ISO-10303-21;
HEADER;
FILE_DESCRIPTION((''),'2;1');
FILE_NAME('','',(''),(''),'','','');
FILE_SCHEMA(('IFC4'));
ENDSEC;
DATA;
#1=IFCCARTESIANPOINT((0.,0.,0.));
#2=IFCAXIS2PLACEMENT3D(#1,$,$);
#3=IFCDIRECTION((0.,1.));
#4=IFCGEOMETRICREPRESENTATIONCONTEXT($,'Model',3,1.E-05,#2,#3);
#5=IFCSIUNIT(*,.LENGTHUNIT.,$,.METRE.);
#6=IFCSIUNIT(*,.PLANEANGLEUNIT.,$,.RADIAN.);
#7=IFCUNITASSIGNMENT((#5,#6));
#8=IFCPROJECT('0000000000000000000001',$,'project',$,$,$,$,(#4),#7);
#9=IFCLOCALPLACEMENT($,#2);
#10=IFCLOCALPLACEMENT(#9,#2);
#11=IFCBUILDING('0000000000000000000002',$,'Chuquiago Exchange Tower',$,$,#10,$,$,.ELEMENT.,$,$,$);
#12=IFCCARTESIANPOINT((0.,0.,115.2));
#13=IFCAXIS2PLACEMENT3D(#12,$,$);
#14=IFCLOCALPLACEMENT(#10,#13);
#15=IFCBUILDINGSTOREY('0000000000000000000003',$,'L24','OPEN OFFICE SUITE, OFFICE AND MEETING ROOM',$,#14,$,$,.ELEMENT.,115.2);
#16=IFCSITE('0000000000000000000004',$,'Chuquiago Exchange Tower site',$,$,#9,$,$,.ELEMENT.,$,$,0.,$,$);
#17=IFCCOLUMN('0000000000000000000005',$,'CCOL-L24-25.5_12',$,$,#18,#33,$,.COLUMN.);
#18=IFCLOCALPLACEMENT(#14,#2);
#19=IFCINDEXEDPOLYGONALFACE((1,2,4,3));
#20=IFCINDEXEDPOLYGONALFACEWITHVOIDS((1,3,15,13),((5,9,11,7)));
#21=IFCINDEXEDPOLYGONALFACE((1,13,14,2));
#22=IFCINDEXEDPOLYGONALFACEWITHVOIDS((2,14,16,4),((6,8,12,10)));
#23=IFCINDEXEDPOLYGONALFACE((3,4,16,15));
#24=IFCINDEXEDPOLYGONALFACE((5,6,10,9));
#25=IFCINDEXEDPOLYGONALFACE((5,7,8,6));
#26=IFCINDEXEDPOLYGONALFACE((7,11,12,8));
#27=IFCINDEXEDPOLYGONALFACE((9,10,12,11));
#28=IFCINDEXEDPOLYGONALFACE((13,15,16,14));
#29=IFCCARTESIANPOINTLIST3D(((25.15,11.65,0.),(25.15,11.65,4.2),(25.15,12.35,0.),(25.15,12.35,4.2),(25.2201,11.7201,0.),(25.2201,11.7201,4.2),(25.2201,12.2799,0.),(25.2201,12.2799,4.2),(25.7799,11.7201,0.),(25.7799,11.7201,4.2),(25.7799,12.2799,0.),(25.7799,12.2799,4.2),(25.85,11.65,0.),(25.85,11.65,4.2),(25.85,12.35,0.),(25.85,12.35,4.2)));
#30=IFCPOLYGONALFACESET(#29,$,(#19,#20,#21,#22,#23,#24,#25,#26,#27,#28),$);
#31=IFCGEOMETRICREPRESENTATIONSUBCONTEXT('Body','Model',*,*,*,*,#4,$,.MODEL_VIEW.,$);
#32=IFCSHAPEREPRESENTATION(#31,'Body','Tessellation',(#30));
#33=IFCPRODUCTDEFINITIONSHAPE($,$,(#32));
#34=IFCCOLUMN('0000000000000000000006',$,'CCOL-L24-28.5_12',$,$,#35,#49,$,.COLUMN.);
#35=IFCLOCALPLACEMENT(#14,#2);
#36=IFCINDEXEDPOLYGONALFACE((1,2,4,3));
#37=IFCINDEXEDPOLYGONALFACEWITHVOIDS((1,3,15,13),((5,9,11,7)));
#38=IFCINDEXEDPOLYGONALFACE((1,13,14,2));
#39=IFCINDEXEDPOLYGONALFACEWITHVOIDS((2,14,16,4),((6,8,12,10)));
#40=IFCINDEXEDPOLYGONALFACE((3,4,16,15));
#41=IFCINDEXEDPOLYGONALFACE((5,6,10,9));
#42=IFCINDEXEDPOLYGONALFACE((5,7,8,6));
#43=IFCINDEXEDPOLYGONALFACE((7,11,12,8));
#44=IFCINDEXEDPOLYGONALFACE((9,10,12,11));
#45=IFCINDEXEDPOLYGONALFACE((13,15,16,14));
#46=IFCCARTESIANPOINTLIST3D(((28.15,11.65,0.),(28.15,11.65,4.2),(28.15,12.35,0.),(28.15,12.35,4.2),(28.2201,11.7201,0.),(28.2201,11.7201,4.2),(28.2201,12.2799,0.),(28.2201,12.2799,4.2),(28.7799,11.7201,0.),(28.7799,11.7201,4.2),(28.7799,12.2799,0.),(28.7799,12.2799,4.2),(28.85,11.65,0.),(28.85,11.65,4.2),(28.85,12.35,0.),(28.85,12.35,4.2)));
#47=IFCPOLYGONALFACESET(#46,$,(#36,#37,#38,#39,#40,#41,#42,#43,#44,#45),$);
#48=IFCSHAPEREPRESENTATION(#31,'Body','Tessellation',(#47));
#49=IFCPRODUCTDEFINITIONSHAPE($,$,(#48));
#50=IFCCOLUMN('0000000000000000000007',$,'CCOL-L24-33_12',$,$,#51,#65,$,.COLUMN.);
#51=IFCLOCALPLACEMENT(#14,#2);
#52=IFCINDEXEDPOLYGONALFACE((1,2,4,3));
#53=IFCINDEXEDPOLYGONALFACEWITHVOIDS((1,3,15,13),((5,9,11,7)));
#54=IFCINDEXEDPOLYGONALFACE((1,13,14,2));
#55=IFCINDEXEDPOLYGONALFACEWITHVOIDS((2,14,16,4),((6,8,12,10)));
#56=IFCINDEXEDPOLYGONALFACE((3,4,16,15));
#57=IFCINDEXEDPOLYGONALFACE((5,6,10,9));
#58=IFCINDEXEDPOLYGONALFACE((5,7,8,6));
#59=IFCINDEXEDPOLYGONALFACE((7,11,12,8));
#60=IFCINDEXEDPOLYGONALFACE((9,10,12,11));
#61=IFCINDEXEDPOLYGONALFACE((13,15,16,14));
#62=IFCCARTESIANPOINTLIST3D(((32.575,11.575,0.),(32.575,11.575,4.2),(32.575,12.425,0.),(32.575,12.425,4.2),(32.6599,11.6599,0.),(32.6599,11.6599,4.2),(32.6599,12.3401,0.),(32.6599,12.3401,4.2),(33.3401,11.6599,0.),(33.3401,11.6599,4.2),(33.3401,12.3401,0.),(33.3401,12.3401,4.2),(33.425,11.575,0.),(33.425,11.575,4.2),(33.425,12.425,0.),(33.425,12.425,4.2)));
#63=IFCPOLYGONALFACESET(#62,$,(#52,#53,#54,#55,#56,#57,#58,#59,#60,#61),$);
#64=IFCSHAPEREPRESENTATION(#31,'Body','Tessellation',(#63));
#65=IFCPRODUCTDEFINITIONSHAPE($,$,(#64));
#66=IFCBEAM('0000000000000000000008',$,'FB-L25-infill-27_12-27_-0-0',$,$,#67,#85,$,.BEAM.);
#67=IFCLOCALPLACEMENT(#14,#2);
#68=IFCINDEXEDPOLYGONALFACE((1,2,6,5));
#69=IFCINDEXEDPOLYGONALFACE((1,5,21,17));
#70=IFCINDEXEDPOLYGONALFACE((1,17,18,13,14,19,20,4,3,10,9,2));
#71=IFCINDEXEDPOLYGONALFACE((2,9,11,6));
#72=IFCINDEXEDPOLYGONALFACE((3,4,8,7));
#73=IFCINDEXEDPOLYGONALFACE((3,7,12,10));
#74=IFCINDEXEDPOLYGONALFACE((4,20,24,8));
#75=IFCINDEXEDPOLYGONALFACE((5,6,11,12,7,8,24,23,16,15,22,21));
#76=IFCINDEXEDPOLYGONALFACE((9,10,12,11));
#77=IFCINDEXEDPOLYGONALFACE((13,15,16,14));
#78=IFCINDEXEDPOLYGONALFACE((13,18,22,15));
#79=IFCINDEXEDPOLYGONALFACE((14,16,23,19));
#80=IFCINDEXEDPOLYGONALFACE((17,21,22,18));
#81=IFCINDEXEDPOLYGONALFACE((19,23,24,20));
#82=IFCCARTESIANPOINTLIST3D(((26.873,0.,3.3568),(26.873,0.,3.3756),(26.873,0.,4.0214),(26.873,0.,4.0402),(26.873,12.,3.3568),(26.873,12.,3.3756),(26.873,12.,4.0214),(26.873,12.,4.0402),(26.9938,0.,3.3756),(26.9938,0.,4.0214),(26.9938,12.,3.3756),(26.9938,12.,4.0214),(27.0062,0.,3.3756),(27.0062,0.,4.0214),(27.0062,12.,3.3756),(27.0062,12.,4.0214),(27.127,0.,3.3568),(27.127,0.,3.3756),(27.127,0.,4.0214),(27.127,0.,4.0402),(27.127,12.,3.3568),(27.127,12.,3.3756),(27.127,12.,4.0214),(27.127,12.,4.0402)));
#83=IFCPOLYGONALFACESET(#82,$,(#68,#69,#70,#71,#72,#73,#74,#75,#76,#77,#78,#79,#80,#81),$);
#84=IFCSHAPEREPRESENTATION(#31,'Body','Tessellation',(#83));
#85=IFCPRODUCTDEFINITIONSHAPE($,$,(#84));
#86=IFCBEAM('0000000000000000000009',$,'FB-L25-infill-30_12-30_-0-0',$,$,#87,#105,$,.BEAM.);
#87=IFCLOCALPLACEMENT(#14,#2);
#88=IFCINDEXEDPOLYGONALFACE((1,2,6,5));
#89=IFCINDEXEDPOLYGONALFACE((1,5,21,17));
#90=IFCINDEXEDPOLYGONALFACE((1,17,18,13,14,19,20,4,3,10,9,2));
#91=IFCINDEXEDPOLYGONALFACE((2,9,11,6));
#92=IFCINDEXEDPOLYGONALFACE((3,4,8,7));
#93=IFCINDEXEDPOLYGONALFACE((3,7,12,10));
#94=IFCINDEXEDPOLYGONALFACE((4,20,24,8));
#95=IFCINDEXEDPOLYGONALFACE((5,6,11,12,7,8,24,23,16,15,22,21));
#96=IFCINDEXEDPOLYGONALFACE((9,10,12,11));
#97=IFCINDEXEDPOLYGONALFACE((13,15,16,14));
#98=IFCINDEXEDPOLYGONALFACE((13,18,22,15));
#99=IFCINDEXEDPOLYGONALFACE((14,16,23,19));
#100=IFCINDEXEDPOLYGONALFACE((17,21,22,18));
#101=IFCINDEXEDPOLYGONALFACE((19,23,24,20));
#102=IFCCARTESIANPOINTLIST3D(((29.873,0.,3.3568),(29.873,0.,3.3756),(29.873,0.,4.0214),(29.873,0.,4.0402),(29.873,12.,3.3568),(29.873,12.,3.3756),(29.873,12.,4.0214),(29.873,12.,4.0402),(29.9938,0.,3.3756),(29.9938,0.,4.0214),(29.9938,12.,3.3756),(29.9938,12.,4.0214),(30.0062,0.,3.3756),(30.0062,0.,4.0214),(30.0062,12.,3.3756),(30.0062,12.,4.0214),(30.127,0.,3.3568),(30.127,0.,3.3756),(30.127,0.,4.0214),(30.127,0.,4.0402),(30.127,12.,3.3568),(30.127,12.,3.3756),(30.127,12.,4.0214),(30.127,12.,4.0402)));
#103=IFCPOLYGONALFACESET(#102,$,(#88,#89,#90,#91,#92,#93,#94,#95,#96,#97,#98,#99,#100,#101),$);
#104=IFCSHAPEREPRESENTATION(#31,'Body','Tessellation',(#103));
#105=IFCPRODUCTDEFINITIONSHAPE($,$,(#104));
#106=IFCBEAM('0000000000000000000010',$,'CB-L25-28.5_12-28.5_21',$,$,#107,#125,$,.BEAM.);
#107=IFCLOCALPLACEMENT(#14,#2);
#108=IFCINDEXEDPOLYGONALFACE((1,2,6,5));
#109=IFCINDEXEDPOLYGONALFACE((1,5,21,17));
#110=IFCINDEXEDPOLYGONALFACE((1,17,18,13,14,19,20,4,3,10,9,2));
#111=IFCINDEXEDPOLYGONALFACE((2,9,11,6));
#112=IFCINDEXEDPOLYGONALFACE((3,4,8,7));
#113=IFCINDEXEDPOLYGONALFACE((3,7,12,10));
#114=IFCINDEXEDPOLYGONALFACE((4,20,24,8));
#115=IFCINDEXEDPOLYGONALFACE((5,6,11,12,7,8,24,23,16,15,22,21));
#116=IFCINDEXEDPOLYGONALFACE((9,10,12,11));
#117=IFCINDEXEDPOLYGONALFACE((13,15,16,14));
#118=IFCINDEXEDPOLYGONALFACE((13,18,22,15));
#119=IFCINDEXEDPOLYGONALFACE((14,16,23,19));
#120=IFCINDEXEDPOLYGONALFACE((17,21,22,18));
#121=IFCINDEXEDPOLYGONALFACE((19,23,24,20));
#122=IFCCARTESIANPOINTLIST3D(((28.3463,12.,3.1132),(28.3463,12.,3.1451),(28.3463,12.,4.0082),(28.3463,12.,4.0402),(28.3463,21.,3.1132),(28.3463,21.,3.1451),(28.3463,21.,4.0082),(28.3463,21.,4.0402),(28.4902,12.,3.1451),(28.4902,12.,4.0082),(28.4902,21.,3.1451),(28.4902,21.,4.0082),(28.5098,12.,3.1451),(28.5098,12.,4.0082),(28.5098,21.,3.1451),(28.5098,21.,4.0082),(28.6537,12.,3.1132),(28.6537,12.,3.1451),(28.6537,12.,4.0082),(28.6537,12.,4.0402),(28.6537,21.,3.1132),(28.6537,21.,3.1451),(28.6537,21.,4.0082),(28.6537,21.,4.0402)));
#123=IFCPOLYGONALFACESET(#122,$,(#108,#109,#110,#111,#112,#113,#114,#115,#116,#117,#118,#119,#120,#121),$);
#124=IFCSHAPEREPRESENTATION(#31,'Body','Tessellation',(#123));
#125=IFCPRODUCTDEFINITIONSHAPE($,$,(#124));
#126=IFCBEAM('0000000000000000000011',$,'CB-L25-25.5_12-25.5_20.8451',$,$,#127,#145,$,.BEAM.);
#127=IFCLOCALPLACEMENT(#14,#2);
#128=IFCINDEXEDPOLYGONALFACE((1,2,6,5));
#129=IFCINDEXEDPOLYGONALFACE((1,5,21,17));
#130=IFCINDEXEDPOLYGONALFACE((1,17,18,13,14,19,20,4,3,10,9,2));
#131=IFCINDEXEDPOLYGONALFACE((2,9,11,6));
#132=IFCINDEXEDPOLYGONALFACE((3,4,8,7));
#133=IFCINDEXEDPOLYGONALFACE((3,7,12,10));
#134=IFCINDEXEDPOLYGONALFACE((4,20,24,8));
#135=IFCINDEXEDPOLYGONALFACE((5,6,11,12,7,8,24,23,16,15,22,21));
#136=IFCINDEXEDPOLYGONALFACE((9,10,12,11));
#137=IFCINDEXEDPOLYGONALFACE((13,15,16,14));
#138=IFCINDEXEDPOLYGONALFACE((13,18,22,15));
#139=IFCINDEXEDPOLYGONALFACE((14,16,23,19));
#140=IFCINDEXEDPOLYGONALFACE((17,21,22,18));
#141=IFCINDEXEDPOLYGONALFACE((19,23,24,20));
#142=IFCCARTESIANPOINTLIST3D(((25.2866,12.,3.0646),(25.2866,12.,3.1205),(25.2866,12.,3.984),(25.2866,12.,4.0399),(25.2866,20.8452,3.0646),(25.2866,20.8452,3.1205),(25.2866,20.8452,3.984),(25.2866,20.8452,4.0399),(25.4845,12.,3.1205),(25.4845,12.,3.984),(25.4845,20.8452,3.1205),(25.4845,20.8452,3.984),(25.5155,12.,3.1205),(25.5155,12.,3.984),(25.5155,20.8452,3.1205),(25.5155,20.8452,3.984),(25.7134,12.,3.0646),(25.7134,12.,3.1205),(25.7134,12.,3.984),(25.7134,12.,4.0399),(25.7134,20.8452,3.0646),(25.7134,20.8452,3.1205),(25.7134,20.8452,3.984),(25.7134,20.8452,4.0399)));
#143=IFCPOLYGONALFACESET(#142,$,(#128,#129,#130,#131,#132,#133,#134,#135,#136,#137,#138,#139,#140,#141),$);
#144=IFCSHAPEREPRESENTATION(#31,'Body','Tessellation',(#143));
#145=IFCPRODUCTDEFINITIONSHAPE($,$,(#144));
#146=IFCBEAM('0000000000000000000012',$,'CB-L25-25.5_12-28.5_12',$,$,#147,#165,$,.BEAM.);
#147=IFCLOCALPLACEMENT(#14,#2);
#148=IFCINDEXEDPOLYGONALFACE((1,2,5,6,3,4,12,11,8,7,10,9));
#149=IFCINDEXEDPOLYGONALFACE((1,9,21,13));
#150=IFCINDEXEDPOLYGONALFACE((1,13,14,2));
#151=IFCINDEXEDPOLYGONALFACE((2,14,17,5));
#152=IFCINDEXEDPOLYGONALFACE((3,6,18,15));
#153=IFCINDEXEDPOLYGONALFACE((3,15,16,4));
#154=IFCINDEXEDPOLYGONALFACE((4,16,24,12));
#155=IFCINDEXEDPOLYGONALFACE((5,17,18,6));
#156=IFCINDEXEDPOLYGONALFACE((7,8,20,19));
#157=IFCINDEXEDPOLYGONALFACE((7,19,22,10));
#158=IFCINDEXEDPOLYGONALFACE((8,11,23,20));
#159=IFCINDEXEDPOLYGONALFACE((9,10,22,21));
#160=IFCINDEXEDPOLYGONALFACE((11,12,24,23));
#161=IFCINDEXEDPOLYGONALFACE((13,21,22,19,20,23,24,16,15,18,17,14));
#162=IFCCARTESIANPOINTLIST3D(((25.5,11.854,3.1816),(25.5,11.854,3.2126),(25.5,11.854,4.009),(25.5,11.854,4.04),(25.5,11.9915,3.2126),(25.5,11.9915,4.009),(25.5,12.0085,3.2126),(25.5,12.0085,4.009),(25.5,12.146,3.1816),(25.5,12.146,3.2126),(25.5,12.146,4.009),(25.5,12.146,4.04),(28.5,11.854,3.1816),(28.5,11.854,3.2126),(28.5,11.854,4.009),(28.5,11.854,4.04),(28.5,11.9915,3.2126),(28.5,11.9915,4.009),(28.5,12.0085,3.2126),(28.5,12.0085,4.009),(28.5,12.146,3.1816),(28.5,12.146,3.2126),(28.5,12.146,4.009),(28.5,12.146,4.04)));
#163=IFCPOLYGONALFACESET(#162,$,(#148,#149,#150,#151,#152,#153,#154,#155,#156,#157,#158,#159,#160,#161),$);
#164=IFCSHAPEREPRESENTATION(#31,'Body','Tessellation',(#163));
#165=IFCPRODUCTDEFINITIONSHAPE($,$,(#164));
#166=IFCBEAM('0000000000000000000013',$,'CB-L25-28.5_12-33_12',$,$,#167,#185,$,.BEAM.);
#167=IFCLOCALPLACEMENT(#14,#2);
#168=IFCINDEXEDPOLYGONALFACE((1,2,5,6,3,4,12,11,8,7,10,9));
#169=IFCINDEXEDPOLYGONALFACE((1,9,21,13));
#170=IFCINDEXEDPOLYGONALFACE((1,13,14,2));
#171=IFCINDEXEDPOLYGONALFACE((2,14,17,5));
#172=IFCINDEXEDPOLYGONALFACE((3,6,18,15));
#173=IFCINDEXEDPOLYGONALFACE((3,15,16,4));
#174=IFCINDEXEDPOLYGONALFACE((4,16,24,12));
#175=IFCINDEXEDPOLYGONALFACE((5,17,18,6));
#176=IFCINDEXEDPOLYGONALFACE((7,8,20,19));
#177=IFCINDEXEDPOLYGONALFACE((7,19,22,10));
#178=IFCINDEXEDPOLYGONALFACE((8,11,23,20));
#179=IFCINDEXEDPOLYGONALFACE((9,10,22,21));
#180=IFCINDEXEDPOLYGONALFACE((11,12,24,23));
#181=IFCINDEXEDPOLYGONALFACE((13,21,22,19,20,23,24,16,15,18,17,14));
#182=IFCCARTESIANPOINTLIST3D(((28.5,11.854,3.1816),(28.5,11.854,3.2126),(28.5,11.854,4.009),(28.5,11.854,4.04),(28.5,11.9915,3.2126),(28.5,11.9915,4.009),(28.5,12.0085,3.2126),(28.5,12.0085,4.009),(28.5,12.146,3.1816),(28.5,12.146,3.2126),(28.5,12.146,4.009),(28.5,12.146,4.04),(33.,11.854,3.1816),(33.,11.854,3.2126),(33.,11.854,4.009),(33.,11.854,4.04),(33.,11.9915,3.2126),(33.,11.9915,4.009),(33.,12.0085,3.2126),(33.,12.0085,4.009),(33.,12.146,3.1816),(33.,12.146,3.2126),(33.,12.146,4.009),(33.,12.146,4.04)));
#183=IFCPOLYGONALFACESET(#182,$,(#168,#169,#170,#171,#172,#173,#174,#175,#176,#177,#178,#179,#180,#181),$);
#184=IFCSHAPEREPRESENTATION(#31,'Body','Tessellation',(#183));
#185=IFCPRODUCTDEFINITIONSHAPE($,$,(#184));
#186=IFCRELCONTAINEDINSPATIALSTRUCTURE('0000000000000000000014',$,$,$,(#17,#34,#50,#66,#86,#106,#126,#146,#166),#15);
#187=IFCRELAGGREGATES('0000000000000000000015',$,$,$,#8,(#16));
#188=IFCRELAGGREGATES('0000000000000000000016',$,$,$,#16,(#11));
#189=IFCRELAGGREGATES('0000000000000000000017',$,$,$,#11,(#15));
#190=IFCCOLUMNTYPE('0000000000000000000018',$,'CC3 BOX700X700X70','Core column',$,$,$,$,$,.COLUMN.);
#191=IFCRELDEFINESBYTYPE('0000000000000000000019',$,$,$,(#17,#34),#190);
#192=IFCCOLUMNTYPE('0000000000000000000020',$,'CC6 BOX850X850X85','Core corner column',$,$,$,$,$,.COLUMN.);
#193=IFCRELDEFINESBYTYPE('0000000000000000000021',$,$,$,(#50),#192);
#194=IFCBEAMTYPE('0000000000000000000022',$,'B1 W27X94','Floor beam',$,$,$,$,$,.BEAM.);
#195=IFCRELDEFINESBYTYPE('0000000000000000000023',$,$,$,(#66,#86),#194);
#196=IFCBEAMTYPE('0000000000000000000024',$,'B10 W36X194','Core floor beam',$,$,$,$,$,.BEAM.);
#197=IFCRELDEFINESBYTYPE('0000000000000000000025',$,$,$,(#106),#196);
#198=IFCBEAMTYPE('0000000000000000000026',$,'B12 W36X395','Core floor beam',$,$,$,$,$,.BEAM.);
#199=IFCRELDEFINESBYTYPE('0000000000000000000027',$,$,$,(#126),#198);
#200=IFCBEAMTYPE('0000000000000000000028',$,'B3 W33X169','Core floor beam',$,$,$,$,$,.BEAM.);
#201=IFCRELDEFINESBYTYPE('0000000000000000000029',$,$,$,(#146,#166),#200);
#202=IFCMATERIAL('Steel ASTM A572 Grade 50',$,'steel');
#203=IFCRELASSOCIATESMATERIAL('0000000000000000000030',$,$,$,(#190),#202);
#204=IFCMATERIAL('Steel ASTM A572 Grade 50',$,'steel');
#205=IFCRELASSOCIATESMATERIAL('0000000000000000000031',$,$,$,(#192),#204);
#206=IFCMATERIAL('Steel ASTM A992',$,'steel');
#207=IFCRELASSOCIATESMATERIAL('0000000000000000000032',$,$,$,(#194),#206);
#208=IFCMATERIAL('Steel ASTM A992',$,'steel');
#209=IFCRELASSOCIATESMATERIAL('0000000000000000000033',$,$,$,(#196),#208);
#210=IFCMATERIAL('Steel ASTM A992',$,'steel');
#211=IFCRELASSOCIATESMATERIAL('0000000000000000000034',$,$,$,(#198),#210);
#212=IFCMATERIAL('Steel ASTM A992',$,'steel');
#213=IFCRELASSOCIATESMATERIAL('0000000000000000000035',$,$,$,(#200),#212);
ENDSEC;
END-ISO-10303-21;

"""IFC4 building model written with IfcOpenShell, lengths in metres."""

from ifc_helpers import new_model, si_unit, direction, frame, origin, origin_2d, place, context, subcontext, project, spatial, hollow_rectangle, i_section, extrude, material, material_profile, profile_set, type_object, element, save


model = new_model("IFC4")

# Units and contexts
model_context = context("Model", 3, precision=1e-05, world=origin(), true_north=direction((0.0, 1.0)))
body_context = subcontext(model_context, "Body", "Model", "MODEL_VIEW")
ifc_project = project(units=[si_unit("LENGTHUNIT", "METRE"), si_unit("PLANEANGLEUNIT", "RADIAN")], contexts=[model_context])

# Site, building, storey
site_placement = place(None, origin())
site = spatial("IfcSite", under=ifc_project, at=site_placement, Name="Chuquiago Exchange Tower site", CompositionType="ELEMENT", RefElevation=0.0)
building_placement = place(site_placement, origin())
building = spatial("IfcBuilding", under=site, at=building_placement, Name="Chuquiago Exchange Tower", CompositionType="ELEMENT")
storey_placement = place(building_placement, frame((0.0, 0.0, 115.2)))
storey = spatial("IfcBuildingStorey", under=building, at=storey_placement, Name="L24", Description="OPEN OFFICE SUITE, OFFICE AND MEETING ROOM", CompositionType="ELEMENT", Elevation=115.2)

# Columns
ifc_material_1 = material(Name="Steel ASTM A572 Grade 50", Category="steel")
ifc_material_profile_1 = material_profile(ifc_material_1, hollow_rectangle(XDim=0.7, YDim=0.7, WallThickness=0.0701, at=origin_2d()), Name="BOX700X700X70")
ifc_profile_set_1 = profile_set([ifc_material_profile_1], Name="Steel ASTM A572 Grade 50")
column_type_1 = type_object("IfcColumnType", Name="CC3 BOX700X700X70", Description="Core column", PredefinedType="COLUMN", material=ifc_profile_set_1)
for number, where, z_axis, x_axis, name in (
    (1, (25.5, 12.0, 0.0), (0.0, 0.0, 1.0), (1.0, 0.0, 0.0), "CCOL-L24-25.5_12"),
    (2, (28.5, 12.0, 0.0), (0.0, 0.0, 1.0), (1.0, 0.0, 0.0), "CCOL-L24-28.5_12"),
):
    element("IfcColumn", number, at=place(storey_placement, frame(where, z_axis=z_axis, x_axis=x_axis)), inside=storey, type_object=column_type_1, Name=name, PredefinedType="COLUMN", context=body_context, shape_type="SweptSolid", body=[
        extrude(hollow_rectangle(XDim=0.7, YDim=0.7, WallThickness=0.0701, at=origin_2d()), origin(), (0.0, 0.0, 1.0), 4.2),
    ])
ifc_material_2 = material(Name="Steel ASTM A572 Grade 50", Category="steel")
ifc_material_profile_2 = material_profile(ifc_material_2, hollow_rectangle(XDim=0.8501, YDim=0.8501, WallThickness=0.085, at=origin_2d()), Name="BOX850X850X85")
ifc_profile_set_2 = profile_set([ifc_material_profile_2], Name="Steel ASTM A572 Grade 50")
column_type_2 = type_object("IfcColumnType", Name="CC6 BOX850X850X85", Description="Core corner column", PredefinedType="COLUMN", material=ifc_profile_set_2)
column_placement = place(storey_placement, frame((33.0, 12.0, 0.0), z_axis=(0.0, 0.0, 1.0), x_axis=(1.0, 0.0, 0.0)))
element("IfcColumn", 3, at=column_placement, inside=storey, type_object=column_type_2, Name="CCOL-L24-33_12", PredefinedType="COLUMN", context=body_context, shape_type="SweptSolid", body=[
    extrude(hollow_rectangle(XDim=0.8501, YDim=0.8501, WallThickness=0.085, at=origin_2d()), origin(), (0.0, 0.0, 1.0), 4.2),
])

# Beams
ifc_material_3 = material(Name="Steel ASTM A992", Category="steel")
ifc_material_profile_3 = material_profile(ifc_material_3, i_section(OverallWidth=0.2539, OverallDepth=0.6833, WebThickness=0.0125, FlangeThickness=0.0188, at=origin_2d()), Name="W27X94")
ifc_profile_set_3 = profile_set([ifc_material_profile_3], Name="Steel ASTM A992")
beam_type_1 = type_object("IfcBeamType", Name="B1 W27X94", Description="Floor beam", PredefinedType="BEAM", material=ifc_profile_set_3)
for number, where, z_axis, x_axis, name in (
    (4, (27.0, 12.0, 3.6985), (0.0, -1.0, 0.0), (1.0, 0.0, 0.0), "FB-L25-infill-27_12-27_-0-0"),
    (5, (30.0, 12.0, 3.6985), (0.0, -1.0, 0.0), (1.0, 0.0, 0.0), "FB-L25-infill-30_12-30_-0-0"),
):
    element("IfcBeam", number, at=place(storey_placement, frame(where, z_axis=z_axis, x_axis=x_axis)), inside=storey, type_object=beam_type_1, Name=name, PredefinedType="BEAM", context=body_context, shape_type="SweptSolid", body=[
        extrude(i_section(OverallWidth=0.2539, OverallDepth=0.6833, WebThickness=0.0125, FlangeThickness=0.0188, at=origin_2d()), origin(), (0.0, 0.0, 1.0), 12.0),
    ])
ifc_material_4 = material(Name="Steel ASTM A992", Category="steel")
ifc_material_profile_4 = material_profile(ifc_material_4, i_section(OverallWidth=0.3074, OverallDepth=0.927, WebThickness=0.0195, FlangeThickness=0.032, at=origin_2d()), Name="W36X194")
ifc_profile_set_4 = profile_set([ifc_material_profile_4], Name="Steel ASTM A992")
beam_type_2 = type_object("IfcBeamType", Name="B10 W36X194", Description="Core floor beam", PredefinedType="BEAM", material=ifc_profile_set_4)
beam_1_placement = place(storey_placement, frame((28.5, 12.0, 3.5767), z_axis=(0.0, 1.0, 0.0), x_axis=(-1.0, 0.0, 0.0)))
element("IfcBeam", 6, at=beam_1_placement, inside=storey, type_object=beam_type_2, Name="CB-L25-28.5_12-28.5_21", PredefinedType="BEAM", context=body_context, shape_type="SweptSolid", body=[
    extrude(i_section(OverallWidth=0.3074, OverallDepth=0.927, WebThickness=0.0195, FlangeThickness=0.032, at=origin_2d()), origin(), (0.0, 0.0, 1.0), 9.0),
])
ifc_material_5 = material(Name="Steel ASTM A992", Category="steel")
ifc_material_profile_5 = material_profile(ifc_material_5, i_section(OverallWidth=0.4268, OverallDepth=0.9753, WebThickness=0.031, FlangeThickness=0.0559, at=origin_2d()), Name="W36X395")
ifc_profile_set_5 = profile_set([ifc_material_profile_5], Name="Steel ASTM A992")
beam_type_3 = type_object("IfcBeamType", Name="B12 W36X395", Description="Core floor beam", PredefinedType="BEAM", material=ifc_profile_set_5)
beam_2_placement = place(storey_placement, frame((25.5, 12.0, 3.5522), z_axis=(0.0, 1.0, 0.0), x_axis=(-1.0, 0.0, 0.0)))
element("IfcBeam", 7, at=beam_2_placement, inside=storey, type_object=beam_type_3, Name="CB-L25-25.5_12-25.5_20.8451", PredefinedType="BEAM", context=body_context, shape_type="SweptSolid", body=[
    extrude(i_section(OverallWidth=0.4268, OverallDepth=0.9753, WebThickness=0.031, FlangeThickness=0.0559, at=origin_2d()), origin(), (0.0, 0.0, 1.0), 8.8452),
])
ifc_material_6 = material(Name="Steel ASTM A992", Category="steel")
ifc_material_profile_6 = material_profile(ifc_material_6, i_section(OverallWidth=0.292, OverallDepth=0.8584, WebThickness=0.0171, FlangeThickness=0.031, at=origin_2d()), Name="W33X169")
ifc_profile_set_6 = profile_set([ifc_material_profile_6], Name="Steel ASTM A992")
beam_type_4 = type_object("IfcBeamType", Name="B3 W33X169", Description="Core floor beam", PredefinedType="BEAM", material=ifc_profile_set_6)
beam_3_placement = place(storey_placement, frame((25.5, 12.0, 3.6108), z_axis=(1.0, 0.0, 0.0), x_axis=(0.0, 1.0, 0.0)))
element("IfcBeam", 8, at=beam_3_placement, inside=storey, type_object=beam_type_4, Name="CB-L25-25.5_12-28.5_12", PredefinedType="BEAM", context=body_context, shape_type="SweptSolid", body=[
    extrude(i_section(OverallWidth=0.292, OverallDepth=0.8584, WebThickness=0.0171, FlangeThickness=0.031, at=origin_2d()), origin(), (0.0, 0.0, 1.0), 3.0),
])
beam_4_placement = place(storey_placement, frame((28.5, 12.0, 3.6108), z_axis=(1.0, 0.0, 0.0), x_axis=(0.0, 1.0, 0.0)))
element("IfcBeam", 9, at=beam_4_placement, inside=storey, type_object=beam_type_4, Name="CB-L25-28.5_12-33_12", PredefinedType="BEAM", context=body_context, shape_type="SweptSolid", body=[
    extrude(i_section(OverallWidth=0.292, OverallDepth=0.8584, WebThickness=0.0171, FlangeThickness=0.031, at=origin_2d()), origin(), (0.0, 0.0, 1.0), 4.5),
])

save(model, "model.ifc")
